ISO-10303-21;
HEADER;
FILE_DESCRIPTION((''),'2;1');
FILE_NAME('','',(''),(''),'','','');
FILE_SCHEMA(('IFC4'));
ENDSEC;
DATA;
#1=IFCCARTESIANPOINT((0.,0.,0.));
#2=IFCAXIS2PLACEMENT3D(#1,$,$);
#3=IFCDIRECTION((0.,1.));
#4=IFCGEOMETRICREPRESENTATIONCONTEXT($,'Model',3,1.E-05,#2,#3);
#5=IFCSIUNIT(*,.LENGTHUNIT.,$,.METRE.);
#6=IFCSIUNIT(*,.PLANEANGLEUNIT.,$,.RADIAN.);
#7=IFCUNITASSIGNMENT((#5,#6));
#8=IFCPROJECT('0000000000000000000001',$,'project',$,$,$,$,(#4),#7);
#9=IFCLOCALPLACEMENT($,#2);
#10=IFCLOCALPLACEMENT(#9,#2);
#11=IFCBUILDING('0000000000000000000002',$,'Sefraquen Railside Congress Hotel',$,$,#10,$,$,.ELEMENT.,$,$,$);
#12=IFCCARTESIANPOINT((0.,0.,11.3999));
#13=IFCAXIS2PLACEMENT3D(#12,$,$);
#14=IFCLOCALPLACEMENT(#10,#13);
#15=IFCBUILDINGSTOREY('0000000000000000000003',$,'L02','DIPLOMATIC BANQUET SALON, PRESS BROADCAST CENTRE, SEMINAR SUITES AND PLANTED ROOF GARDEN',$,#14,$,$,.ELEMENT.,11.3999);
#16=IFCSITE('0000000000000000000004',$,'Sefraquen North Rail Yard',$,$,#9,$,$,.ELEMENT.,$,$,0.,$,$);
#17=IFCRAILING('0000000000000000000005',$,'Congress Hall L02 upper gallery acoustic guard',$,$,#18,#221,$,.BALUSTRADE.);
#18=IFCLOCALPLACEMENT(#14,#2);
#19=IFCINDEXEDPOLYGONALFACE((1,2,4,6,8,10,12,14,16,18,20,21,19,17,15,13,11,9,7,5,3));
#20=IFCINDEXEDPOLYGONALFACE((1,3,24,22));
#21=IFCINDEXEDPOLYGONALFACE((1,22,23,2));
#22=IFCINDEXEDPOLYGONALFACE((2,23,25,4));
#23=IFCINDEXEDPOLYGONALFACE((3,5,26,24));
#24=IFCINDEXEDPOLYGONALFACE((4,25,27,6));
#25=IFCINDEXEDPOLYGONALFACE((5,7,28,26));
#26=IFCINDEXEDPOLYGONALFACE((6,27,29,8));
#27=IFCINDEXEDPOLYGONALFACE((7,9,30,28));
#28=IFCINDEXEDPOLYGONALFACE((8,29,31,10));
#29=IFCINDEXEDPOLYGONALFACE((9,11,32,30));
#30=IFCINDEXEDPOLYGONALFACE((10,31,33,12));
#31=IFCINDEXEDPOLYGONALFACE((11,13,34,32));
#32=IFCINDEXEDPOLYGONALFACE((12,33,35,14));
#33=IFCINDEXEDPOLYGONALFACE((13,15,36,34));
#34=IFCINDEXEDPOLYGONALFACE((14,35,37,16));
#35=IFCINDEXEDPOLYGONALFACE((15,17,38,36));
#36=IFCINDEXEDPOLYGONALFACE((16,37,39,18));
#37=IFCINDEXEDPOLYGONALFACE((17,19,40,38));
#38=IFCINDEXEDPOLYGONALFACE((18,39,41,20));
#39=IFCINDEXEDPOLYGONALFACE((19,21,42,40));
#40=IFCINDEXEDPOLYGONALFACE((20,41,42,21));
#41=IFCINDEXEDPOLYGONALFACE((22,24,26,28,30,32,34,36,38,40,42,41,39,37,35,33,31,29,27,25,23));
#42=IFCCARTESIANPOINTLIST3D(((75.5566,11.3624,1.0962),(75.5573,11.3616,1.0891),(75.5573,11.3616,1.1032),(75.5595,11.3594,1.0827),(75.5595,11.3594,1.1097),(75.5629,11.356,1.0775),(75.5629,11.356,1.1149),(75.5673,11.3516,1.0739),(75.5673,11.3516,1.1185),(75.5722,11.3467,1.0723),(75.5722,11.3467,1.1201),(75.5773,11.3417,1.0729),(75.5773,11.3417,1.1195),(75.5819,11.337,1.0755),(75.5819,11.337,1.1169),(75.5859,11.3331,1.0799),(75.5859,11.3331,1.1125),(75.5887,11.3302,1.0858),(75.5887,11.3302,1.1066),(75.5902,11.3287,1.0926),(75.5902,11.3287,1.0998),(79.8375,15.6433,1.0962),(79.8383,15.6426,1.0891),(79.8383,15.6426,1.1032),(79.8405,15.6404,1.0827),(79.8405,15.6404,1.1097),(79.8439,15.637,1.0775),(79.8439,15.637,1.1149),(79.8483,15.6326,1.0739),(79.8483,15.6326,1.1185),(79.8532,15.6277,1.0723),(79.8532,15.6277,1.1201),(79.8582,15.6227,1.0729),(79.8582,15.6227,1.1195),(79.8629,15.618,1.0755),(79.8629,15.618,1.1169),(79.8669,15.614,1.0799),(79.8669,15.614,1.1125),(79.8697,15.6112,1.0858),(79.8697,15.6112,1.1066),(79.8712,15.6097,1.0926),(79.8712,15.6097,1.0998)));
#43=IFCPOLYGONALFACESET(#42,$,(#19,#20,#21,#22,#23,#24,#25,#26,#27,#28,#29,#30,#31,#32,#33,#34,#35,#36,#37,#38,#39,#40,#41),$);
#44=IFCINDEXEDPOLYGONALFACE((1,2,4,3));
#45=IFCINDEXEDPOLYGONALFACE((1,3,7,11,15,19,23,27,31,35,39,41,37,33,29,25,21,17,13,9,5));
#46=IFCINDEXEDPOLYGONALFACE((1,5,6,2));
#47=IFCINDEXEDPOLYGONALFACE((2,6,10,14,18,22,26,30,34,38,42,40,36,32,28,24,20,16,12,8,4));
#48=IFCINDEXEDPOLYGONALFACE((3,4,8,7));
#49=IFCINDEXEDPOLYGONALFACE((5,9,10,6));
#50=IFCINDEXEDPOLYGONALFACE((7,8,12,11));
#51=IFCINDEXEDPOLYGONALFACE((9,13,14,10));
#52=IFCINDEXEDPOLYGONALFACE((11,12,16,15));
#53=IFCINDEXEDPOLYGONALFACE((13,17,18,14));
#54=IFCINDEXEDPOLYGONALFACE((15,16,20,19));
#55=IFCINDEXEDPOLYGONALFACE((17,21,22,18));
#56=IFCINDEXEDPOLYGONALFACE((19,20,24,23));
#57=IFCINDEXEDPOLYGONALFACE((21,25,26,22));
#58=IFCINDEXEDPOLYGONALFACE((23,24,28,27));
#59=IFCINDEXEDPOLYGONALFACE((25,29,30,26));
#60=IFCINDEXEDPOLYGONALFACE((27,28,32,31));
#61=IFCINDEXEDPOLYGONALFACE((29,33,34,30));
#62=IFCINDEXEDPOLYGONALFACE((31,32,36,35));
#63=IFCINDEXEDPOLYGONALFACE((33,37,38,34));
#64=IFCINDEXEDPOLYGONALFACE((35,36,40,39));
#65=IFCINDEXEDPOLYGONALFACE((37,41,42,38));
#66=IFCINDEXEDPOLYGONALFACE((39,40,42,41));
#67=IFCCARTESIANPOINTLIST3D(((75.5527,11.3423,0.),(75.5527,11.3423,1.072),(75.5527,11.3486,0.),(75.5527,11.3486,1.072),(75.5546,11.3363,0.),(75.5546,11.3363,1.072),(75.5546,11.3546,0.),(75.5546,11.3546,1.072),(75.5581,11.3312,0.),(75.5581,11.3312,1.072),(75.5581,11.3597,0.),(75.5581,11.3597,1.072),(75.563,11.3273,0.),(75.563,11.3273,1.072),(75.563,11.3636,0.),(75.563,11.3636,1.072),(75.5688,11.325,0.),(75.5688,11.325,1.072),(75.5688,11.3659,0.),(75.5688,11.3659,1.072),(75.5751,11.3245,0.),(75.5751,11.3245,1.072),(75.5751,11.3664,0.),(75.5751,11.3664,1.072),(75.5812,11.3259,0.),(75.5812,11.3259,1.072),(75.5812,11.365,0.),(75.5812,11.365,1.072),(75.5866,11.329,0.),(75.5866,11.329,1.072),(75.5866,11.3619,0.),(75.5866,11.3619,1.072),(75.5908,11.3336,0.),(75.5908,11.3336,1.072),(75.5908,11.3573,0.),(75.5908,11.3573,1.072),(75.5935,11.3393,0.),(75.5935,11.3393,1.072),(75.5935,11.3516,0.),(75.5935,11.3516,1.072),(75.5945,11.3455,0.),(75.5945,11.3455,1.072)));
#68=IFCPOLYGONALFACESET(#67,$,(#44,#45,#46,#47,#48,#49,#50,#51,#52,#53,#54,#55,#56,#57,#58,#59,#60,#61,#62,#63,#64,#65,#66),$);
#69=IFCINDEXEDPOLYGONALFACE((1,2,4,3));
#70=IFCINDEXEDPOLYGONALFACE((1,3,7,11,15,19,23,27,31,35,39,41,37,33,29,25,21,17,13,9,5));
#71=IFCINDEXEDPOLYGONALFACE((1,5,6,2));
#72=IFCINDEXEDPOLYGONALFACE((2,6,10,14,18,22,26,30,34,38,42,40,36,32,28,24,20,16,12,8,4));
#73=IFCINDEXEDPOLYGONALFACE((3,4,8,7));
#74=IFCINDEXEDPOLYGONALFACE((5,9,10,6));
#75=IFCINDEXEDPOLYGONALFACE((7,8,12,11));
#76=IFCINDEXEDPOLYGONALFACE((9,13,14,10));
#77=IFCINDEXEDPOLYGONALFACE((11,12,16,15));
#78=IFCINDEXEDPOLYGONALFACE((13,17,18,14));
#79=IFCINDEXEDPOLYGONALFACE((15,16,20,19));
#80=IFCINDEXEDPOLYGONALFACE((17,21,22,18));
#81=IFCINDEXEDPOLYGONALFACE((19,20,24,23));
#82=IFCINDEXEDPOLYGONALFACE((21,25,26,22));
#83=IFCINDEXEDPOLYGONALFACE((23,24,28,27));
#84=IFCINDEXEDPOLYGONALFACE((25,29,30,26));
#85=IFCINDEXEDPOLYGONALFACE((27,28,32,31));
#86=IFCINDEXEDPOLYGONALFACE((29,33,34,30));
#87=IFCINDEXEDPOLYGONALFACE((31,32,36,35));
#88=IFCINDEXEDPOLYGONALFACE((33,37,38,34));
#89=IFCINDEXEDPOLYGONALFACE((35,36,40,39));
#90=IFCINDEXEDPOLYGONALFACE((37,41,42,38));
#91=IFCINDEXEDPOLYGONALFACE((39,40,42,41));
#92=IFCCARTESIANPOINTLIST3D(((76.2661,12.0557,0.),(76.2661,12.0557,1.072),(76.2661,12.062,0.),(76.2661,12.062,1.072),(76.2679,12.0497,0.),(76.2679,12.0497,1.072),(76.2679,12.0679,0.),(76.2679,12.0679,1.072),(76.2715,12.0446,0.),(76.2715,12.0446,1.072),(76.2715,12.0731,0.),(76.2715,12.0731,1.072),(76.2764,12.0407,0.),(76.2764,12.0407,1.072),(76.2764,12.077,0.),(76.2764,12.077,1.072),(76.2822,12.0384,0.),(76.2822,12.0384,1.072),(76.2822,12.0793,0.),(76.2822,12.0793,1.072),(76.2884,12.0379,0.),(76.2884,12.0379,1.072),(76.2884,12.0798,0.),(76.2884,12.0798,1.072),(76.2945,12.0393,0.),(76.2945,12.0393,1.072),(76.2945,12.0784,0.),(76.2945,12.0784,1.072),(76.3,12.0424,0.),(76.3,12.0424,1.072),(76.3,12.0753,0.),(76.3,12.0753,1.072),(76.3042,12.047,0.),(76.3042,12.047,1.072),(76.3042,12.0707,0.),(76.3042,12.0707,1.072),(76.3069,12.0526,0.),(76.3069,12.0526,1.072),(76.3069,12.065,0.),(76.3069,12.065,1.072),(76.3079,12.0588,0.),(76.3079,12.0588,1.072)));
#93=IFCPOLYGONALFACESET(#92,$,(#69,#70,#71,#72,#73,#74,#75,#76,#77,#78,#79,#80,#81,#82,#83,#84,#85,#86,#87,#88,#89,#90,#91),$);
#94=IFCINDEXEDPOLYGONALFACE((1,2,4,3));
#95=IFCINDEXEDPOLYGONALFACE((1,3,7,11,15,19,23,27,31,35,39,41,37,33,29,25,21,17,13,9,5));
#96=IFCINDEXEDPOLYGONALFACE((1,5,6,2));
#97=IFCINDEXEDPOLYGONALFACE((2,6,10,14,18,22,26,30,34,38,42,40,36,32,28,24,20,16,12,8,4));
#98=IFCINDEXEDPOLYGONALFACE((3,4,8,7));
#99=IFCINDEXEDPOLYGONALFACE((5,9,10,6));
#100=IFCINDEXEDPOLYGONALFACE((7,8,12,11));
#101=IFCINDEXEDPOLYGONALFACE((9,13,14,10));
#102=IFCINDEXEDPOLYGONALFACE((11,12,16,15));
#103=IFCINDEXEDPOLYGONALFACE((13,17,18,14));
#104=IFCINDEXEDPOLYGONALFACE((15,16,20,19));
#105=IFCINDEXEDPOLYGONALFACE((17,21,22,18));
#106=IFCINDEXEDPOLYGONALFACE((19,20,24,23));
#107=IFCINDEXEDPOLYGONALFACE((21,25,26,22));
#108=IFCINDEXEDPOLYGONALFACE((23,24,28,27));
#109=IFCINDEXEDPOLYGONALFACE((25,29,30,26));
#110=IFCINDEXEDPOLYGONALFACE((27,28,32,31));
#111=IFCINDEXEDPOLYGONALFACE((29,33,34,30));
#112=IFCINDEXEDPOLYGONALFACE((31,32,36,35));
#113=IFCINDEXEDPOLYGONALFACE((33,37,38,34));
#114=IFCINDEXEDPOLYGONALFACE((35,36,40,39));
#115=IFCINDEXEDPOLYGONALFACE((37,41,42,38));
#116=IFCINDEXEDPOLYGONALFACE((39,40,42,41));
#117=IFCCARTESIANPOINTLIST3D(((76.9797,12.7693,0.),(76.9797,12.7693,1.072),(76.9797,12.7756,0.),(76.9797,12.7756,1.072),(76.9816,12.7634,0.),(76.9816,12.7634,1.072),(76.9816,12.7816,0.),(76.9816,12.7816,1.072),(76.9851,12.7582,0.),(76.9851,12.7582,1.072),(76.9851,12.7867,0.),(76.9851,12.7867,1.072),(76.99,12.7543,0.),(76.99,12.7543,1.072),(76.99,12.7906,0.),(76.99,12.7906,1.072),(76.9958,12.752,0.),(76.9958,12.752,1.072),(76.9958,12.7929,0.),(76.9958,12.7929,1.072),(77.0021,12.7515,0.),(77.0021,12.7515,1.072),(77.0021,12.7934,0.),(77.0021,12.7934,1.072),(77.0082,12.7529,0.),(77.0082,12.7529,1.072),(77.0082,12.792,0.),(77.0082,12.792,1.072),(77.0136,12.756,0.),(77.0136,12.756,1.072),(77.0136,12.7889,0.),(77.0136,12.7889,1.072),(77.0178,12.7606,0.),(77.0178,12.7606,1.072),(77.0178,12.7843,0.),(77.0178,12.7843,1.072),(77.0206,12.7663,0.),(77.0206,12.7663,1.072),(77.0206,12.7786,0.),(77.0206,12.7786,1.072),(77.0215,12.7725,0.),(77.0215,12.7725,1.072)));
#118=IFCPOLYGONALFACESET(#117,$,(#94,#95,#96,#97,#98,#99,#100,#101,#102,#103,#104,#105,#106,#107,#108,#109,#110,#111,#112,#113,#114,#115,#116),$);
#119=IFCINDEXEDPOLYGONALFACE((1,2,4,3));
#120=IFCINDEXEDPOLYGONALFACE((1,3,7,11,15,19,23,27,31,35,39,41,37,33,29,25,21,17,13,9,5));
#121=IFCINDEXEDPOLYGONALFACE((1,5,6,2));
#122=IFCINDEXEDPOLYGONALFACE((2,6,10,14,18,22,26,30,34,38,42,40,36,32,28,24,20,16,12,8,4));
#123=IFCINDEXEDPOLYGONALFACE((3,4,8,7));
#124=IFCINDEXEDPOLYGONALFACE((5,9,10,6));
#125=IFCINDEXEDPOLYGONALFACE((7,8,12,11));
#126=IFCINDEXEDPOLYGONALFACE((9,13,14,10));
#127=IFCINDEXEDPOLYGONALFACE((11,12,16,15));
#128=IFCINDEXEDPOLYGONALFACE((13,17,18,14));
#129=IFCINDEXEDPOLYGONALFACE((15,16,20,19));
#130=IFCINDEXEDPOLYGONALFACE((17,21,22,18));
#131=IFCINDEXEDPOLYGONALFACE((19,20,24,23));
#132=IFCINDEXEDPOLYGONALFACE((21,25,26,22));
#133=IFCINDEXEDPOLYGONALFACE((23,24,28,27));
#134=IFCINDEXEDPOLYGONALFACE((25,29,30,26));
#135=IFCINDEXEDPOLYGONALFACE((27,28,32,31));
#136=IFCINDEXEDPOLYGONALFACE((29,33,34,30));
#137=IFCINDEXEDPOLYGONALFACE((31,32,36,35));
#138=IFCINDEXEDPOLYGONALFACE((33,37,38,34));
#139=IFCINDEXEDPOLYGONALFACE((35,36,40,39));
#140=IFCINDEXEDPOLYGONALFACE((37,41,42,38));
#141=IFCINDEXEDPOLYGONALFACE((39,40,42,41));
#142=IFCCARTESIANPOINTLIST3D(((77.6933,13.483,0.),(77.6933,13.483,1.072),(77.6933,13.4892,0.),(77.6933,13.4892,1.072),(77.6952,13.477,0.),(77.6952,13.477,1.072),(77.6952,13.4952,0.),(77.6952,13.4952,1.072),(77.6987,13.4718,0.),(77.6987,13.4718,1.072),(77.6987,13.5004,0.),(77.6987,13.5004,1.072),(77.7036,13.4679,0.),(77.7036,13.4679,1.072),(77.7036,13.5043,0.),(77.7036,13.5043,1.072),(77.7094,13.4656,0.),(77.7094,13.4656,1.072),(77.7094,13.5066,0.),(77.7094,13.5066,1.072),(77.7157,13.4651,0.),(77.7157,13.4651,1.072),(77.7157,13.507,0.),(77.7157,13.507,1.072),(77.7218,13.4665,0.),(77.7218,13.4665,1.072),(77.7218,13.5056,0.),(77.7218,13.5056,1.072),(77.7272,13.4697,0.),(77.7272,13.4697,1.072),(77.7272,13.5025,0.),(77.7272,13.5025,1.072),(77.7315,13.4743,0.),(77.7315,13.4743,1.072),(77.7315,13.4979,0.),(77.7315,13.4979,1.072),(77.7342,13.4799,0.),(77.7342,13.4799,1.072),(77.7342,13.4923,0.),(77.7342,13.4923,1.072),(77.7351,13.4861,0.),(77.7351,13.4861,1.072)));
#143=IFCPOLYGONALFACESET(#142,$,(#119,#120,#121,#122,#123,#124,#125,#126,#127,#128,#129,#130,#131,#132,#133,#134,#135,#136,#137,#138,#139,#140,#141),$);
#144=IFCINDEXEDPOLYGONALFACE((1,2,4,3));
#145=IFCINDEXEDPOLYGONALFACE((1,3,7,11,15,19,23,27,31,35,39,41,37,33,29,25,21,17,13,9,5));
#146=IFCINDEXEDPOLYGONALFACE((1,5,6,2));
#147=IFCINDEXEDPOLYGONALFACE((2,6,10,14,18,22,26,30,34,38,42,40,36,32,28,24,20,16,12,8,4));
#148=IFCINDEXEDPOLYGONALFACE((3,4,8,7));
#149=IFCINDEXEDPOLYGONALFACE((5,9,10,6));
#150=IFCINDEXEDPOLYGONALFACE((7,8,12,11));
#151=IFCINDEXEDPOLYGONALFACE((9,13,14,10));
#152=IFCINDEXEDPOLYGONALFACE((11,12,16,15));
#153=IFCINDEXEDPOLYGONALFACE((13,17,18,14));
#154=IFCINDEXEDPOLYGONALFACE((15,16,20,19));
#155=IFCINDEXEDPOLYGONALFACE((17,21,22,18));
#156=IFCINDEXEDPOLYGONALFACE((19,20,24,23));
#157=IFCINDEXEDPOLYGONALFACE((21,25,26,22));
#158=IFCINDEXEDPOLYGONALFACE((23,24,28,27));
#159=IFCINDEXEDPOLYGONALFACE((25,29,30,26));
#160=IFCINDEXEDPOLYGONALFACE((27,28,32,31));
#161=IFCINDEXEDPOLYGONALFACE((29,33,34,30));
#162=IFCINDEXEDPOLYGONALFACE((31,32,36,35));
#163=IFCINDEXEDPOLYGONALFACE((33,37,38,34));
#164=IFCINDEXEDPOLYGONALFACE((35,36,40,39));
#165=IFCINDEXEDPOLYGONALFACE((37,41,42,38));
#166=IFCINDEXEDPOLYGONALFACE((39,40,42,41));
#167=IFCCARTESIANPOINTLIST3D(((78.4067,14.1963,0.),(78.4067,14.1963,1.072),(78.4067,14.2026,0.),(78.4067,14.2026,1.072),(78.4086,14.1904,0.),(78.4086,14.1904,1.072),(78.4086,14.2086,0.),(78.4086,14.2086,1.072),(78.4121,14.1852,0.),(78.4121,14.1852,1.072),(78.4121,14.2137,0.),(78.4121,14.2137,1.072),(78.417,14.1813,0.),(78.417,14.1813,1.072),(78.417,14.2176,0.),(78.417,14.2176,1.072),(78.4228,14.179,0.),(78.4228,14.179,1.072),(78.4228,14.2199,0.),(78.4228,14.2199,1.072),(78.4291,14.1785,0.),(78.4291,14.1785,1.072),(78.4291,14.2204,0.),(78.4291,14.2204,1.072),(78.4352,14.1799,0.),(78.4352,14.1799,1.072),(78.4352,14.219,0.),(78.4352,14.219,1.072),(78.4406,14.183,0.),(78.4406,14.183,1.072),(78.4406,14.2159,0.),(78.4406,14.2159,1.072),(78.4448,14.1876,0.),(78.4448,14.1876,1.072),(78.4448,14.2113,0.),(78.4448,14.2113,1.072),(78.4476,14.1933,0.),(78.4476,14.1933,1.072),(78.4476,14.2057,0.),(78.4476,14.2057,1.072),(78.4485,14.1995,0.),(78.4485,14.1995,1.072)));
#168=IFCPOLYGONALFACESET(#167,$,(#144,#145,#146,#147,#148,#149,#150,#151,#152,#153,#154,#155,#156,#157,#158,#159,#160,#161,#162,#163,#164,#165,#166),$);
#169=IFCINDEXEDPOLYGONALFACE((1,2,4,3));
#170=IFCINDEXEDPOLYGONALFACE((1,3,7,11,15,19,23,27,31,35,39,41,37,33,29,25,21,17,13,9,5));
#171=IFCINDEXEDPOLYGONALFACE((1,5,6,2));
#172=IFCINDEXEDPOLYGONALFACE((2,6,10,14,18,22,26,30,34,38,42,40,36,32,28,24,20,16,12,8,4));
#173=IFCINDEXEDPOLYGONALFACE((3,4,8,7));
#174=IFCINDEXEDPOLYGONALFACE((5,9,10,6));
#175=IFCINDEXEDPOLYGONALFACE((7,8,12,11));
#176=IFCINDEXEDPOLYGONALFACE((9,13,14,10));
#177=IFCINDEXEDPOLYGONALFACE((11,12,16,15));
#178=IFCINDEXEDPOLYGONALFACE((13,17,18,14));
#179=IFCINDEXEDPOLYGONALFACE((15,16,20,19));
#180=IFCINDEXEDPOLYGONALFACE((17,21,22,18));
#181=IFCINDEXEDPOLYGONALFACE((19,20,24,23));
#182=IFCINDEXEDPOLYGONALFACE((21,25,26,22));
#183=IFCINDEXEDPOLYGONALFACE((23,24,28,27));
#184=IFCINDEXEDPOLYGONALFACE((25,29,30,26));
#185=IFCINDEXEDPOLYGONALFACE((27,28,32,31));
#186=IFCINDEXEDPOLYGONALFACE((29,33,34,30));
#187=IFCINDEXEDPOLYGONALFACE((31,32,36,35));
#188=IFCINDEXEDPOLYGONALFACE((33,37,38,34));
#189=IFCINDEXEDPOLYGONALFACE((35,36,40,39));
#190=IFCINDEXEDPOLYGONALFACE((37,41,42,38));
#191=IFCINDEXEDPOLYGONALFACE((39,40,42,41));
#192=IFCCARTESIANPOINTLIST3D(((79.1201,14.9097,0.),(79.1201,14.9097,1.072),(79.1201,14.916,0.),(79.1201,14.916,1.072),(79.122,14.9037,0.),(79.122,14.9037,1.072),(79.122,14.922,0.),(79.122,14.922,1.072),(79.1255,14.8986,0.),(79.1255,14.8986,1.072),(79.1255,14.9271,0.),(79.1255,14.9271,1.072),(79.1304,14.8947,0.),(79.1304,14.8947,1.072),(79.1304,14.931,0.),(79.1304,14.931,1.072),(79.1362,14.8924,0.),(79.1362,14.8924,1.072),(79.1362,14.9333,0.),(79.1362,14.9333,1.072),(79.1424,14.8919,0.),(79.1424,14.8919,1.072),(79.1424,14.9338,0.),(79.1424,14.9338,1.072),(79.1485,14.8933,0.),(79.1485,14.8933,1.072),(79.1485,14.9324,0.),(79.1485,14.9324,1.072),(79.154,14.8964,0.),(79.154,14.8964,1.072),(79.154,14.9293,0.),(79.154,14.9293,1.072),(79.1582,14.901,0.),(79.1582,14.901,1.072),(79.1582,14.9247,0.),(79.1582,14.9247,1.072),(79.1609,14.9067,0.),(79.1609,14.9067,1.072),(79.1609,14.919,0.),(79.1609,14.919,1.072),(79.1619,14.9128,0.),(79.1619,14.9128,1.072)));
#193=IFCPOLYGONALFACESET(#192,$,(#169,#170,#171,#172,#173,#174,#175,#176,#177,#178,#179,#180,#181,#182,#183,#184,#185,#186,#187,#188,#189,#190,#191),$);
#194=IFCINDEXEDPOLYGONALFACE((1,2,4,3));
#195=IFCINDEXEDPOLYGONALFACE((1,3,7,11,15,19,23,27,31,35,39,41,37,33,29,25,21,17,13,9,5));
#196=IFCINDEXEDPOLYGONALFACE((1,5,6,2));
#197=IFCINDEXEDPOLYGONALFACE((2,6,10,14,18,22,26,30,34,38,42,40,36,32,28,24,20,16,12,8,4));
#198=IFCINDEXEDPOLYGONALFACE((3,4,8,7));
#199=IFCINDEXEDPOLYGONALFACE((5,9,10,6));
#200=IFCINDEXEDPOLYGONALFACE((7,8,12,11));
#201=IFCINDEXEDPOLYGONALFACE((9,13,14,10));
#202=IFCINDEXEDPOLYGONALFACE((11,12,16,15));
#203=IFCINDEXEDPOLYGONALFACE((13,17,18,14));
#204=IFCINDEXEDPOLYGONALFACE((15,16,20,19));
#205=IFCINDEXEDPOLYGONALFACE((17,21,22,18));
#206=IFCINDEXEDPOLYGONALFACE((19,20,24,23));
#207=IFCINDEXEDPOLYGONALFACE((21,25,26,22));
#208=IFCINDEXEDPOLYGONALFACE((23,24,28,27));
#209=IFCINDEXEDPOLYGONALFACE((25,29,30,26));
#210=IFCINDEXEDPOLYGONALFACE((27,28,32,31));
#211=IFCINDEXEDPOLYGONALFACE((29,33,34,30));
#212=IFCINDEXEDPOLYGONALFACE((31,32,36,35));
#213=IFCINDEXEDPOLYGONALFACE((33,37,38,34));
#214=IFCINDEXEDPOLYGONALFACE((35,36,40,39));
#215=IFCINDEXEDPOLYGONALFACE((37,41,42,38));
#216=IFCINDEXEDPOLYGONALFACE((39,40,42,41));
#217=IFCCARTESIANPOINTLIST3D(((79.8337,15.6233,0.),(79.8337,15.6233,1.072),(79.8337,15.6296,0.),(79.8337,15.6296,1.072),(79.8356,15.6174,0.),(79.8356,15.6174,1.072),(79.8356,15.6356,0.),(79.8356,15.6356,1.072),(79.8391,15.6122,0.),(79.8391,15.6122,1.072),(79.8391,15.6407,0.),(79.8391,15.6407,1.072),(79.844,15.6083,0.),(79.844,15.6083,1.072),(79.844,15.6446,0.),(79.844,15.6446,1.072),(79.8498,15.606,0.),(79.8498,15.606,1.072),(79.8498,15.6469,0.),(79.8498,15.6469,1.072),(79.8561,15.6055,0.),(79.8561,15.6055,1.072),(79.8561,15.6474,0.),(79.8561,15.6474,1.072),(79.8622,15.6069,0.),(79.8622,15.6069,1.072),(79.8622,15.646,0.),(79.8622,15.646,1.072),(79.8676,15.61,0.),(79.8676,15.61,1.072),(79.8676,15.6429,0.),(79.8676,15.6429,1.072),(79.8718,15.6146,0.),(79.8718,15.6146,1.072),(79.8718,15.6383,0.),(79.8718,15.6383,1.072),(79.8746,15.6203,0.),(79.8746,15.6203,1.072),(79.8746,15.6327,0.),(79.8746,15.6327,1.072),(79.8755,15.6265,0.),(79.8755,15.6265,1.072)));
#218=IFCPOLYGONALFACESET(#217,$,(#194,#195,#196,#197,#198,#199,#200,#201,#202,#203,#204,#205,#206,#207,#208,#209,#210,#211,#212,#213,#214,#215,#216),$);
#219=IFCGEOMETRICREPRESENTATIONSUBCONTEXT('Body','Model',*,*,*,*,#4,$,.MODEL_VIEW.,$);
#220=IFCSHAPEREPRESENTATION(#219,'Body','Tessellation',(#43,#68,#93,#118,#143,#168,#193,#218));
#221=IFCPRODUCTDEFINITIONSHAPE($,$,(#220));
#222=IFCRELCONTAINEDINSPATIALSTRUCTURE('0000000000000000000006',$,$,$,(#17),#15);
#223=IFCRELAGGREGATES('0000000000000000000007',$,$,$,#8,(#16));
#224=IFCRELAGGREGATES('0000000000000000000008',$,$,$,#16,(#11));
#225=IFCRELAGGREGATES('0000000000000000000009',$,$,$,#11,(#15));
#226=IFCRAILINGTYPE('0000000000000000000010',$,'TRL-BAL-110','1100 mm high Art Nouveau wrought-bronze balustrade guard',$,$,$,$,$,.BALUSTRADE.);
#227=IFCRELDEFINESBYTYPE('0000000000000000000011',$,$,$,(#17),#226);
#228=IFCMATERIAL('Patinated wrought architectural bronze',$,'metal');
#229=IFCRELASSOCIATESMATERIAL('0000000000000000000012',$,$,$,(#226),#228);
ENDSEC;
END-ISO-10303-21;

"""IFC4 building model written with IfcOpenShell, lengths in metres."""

from ifc_helpers import new_model, si_unit, direction, frame, origin, origin_2d, place, context, subcontext, project, spatial, circle, extrude, material, type_object, element, save


model = new_model("IFC4")

# Units and contexts
model_context = context("Model", 3, precision=1e-05, world=origin(), true_north=direction((0.0, 1.0)))
body_context = subcontext(model_context, "Body", "Model", "MODEL_VIEW")
ifc_project = project(units=[si_unit("LENGTHUNIT", "METRE"), si_unit("PLANEANGLEUNIT", "RADIAN")], contexts=[model_context])

# Site, building, storey
site_placement = place(None, origin())
site = spatial("IfcSite", under=ifc_project, at=site_placement, Name="Sefraquen North Rail Yard", CompositionType="ELEMENT", RefElevation=0.0)
building_placement = place(site_placement, origin())
building = spatial("IfcBuilding", under=site, at=building_placement, Name="Sefraquen Railside Congress Hotel", CompositionType="ELEMENT")
storey_placement = place(building_placement, frame((0.0, 0.0, 11.3999)))
storey = spatial("IfcBuildingStorey", under=building, at=storey_placement, Name="L02", Description="DIPLOMATIC BANQUET SALON, PRESS BROADCAST CENTRE, SEMINAR SUITES AND PLANTED ROOF GARDEN", CompositionType="ELEMENT", Elevation=11.3999)

# Railing
ifc_material_1 = material(Name="Patinated wrought architectural bronze", Category="metal")
railing_type = type_object("IfcRailingType", Name="TRL-BAL-110", Description="1100 mm high Art Nouveau wrought-bronze balustrade guard", PredefinedType="BALUSTRADE", material=ifc_material_1)
railing_1_placement = place(storey_placement, frame((75.5735, 11.3455, 0.0)))
element("IfcRailing", 1, at=railing_1_placement, inside=storey, type_object=railing_type, Name="Congress Hall L02 upper gallery acoustic guard", PredefinedType="BALUSTRADE", context=body_context, shape_type="SweptSolid", body=[
    extrude(circle(Radius=0.0239, at=origin_2d()), frame((0.0, 0.0, 1.0962), z_axis=(0.707107, 0.707107, 0.0), x_axis=(-0.707107, 0.707107, 0.0)), (0.0, 0.0, 1.0), 6.0542),
    extrude(circle(Radius=0.021, at=origin_2d()), origin(), (0.0, 0.0, 1.0), 1.072),
    extrude(circle(Radius=0.021, at=origin_2d()), frame((0.7134, 0.7134, 0.0)), (0.0, 0.0, 1.0), 1.072),
    extrude(circle(Radius=0.021, at=origin_2d()), frame((1.427, 1.427, 0.0)), (0.0, 0.0, 1.0), 1.072),
    extrude(circle(Radius=0.021, at=origin_2d()), frame((2.1406, 2.1406, 0.0)), (0.0, 0.0, 1.0), 1.072),
    extrude(circle(Radius=0.021, at=origin_2d()), frame((2.854, 2.854, 0.0)), (0.0, 0.0, 1.0), 1.072),
    extrude(circle(Radius=0.021, at=origin_2d()), frame((3.5674, 3.5674, 0.0)), (0.0, 0.0, 1.0), 1.072),
    extrude(circle(Radius=0.021, at=origin_2d()), frame((4.281, 4.281, 0.0)), (0.0, 0.0, 1.0), 1.072),
])

save(model, "model.ifc")
